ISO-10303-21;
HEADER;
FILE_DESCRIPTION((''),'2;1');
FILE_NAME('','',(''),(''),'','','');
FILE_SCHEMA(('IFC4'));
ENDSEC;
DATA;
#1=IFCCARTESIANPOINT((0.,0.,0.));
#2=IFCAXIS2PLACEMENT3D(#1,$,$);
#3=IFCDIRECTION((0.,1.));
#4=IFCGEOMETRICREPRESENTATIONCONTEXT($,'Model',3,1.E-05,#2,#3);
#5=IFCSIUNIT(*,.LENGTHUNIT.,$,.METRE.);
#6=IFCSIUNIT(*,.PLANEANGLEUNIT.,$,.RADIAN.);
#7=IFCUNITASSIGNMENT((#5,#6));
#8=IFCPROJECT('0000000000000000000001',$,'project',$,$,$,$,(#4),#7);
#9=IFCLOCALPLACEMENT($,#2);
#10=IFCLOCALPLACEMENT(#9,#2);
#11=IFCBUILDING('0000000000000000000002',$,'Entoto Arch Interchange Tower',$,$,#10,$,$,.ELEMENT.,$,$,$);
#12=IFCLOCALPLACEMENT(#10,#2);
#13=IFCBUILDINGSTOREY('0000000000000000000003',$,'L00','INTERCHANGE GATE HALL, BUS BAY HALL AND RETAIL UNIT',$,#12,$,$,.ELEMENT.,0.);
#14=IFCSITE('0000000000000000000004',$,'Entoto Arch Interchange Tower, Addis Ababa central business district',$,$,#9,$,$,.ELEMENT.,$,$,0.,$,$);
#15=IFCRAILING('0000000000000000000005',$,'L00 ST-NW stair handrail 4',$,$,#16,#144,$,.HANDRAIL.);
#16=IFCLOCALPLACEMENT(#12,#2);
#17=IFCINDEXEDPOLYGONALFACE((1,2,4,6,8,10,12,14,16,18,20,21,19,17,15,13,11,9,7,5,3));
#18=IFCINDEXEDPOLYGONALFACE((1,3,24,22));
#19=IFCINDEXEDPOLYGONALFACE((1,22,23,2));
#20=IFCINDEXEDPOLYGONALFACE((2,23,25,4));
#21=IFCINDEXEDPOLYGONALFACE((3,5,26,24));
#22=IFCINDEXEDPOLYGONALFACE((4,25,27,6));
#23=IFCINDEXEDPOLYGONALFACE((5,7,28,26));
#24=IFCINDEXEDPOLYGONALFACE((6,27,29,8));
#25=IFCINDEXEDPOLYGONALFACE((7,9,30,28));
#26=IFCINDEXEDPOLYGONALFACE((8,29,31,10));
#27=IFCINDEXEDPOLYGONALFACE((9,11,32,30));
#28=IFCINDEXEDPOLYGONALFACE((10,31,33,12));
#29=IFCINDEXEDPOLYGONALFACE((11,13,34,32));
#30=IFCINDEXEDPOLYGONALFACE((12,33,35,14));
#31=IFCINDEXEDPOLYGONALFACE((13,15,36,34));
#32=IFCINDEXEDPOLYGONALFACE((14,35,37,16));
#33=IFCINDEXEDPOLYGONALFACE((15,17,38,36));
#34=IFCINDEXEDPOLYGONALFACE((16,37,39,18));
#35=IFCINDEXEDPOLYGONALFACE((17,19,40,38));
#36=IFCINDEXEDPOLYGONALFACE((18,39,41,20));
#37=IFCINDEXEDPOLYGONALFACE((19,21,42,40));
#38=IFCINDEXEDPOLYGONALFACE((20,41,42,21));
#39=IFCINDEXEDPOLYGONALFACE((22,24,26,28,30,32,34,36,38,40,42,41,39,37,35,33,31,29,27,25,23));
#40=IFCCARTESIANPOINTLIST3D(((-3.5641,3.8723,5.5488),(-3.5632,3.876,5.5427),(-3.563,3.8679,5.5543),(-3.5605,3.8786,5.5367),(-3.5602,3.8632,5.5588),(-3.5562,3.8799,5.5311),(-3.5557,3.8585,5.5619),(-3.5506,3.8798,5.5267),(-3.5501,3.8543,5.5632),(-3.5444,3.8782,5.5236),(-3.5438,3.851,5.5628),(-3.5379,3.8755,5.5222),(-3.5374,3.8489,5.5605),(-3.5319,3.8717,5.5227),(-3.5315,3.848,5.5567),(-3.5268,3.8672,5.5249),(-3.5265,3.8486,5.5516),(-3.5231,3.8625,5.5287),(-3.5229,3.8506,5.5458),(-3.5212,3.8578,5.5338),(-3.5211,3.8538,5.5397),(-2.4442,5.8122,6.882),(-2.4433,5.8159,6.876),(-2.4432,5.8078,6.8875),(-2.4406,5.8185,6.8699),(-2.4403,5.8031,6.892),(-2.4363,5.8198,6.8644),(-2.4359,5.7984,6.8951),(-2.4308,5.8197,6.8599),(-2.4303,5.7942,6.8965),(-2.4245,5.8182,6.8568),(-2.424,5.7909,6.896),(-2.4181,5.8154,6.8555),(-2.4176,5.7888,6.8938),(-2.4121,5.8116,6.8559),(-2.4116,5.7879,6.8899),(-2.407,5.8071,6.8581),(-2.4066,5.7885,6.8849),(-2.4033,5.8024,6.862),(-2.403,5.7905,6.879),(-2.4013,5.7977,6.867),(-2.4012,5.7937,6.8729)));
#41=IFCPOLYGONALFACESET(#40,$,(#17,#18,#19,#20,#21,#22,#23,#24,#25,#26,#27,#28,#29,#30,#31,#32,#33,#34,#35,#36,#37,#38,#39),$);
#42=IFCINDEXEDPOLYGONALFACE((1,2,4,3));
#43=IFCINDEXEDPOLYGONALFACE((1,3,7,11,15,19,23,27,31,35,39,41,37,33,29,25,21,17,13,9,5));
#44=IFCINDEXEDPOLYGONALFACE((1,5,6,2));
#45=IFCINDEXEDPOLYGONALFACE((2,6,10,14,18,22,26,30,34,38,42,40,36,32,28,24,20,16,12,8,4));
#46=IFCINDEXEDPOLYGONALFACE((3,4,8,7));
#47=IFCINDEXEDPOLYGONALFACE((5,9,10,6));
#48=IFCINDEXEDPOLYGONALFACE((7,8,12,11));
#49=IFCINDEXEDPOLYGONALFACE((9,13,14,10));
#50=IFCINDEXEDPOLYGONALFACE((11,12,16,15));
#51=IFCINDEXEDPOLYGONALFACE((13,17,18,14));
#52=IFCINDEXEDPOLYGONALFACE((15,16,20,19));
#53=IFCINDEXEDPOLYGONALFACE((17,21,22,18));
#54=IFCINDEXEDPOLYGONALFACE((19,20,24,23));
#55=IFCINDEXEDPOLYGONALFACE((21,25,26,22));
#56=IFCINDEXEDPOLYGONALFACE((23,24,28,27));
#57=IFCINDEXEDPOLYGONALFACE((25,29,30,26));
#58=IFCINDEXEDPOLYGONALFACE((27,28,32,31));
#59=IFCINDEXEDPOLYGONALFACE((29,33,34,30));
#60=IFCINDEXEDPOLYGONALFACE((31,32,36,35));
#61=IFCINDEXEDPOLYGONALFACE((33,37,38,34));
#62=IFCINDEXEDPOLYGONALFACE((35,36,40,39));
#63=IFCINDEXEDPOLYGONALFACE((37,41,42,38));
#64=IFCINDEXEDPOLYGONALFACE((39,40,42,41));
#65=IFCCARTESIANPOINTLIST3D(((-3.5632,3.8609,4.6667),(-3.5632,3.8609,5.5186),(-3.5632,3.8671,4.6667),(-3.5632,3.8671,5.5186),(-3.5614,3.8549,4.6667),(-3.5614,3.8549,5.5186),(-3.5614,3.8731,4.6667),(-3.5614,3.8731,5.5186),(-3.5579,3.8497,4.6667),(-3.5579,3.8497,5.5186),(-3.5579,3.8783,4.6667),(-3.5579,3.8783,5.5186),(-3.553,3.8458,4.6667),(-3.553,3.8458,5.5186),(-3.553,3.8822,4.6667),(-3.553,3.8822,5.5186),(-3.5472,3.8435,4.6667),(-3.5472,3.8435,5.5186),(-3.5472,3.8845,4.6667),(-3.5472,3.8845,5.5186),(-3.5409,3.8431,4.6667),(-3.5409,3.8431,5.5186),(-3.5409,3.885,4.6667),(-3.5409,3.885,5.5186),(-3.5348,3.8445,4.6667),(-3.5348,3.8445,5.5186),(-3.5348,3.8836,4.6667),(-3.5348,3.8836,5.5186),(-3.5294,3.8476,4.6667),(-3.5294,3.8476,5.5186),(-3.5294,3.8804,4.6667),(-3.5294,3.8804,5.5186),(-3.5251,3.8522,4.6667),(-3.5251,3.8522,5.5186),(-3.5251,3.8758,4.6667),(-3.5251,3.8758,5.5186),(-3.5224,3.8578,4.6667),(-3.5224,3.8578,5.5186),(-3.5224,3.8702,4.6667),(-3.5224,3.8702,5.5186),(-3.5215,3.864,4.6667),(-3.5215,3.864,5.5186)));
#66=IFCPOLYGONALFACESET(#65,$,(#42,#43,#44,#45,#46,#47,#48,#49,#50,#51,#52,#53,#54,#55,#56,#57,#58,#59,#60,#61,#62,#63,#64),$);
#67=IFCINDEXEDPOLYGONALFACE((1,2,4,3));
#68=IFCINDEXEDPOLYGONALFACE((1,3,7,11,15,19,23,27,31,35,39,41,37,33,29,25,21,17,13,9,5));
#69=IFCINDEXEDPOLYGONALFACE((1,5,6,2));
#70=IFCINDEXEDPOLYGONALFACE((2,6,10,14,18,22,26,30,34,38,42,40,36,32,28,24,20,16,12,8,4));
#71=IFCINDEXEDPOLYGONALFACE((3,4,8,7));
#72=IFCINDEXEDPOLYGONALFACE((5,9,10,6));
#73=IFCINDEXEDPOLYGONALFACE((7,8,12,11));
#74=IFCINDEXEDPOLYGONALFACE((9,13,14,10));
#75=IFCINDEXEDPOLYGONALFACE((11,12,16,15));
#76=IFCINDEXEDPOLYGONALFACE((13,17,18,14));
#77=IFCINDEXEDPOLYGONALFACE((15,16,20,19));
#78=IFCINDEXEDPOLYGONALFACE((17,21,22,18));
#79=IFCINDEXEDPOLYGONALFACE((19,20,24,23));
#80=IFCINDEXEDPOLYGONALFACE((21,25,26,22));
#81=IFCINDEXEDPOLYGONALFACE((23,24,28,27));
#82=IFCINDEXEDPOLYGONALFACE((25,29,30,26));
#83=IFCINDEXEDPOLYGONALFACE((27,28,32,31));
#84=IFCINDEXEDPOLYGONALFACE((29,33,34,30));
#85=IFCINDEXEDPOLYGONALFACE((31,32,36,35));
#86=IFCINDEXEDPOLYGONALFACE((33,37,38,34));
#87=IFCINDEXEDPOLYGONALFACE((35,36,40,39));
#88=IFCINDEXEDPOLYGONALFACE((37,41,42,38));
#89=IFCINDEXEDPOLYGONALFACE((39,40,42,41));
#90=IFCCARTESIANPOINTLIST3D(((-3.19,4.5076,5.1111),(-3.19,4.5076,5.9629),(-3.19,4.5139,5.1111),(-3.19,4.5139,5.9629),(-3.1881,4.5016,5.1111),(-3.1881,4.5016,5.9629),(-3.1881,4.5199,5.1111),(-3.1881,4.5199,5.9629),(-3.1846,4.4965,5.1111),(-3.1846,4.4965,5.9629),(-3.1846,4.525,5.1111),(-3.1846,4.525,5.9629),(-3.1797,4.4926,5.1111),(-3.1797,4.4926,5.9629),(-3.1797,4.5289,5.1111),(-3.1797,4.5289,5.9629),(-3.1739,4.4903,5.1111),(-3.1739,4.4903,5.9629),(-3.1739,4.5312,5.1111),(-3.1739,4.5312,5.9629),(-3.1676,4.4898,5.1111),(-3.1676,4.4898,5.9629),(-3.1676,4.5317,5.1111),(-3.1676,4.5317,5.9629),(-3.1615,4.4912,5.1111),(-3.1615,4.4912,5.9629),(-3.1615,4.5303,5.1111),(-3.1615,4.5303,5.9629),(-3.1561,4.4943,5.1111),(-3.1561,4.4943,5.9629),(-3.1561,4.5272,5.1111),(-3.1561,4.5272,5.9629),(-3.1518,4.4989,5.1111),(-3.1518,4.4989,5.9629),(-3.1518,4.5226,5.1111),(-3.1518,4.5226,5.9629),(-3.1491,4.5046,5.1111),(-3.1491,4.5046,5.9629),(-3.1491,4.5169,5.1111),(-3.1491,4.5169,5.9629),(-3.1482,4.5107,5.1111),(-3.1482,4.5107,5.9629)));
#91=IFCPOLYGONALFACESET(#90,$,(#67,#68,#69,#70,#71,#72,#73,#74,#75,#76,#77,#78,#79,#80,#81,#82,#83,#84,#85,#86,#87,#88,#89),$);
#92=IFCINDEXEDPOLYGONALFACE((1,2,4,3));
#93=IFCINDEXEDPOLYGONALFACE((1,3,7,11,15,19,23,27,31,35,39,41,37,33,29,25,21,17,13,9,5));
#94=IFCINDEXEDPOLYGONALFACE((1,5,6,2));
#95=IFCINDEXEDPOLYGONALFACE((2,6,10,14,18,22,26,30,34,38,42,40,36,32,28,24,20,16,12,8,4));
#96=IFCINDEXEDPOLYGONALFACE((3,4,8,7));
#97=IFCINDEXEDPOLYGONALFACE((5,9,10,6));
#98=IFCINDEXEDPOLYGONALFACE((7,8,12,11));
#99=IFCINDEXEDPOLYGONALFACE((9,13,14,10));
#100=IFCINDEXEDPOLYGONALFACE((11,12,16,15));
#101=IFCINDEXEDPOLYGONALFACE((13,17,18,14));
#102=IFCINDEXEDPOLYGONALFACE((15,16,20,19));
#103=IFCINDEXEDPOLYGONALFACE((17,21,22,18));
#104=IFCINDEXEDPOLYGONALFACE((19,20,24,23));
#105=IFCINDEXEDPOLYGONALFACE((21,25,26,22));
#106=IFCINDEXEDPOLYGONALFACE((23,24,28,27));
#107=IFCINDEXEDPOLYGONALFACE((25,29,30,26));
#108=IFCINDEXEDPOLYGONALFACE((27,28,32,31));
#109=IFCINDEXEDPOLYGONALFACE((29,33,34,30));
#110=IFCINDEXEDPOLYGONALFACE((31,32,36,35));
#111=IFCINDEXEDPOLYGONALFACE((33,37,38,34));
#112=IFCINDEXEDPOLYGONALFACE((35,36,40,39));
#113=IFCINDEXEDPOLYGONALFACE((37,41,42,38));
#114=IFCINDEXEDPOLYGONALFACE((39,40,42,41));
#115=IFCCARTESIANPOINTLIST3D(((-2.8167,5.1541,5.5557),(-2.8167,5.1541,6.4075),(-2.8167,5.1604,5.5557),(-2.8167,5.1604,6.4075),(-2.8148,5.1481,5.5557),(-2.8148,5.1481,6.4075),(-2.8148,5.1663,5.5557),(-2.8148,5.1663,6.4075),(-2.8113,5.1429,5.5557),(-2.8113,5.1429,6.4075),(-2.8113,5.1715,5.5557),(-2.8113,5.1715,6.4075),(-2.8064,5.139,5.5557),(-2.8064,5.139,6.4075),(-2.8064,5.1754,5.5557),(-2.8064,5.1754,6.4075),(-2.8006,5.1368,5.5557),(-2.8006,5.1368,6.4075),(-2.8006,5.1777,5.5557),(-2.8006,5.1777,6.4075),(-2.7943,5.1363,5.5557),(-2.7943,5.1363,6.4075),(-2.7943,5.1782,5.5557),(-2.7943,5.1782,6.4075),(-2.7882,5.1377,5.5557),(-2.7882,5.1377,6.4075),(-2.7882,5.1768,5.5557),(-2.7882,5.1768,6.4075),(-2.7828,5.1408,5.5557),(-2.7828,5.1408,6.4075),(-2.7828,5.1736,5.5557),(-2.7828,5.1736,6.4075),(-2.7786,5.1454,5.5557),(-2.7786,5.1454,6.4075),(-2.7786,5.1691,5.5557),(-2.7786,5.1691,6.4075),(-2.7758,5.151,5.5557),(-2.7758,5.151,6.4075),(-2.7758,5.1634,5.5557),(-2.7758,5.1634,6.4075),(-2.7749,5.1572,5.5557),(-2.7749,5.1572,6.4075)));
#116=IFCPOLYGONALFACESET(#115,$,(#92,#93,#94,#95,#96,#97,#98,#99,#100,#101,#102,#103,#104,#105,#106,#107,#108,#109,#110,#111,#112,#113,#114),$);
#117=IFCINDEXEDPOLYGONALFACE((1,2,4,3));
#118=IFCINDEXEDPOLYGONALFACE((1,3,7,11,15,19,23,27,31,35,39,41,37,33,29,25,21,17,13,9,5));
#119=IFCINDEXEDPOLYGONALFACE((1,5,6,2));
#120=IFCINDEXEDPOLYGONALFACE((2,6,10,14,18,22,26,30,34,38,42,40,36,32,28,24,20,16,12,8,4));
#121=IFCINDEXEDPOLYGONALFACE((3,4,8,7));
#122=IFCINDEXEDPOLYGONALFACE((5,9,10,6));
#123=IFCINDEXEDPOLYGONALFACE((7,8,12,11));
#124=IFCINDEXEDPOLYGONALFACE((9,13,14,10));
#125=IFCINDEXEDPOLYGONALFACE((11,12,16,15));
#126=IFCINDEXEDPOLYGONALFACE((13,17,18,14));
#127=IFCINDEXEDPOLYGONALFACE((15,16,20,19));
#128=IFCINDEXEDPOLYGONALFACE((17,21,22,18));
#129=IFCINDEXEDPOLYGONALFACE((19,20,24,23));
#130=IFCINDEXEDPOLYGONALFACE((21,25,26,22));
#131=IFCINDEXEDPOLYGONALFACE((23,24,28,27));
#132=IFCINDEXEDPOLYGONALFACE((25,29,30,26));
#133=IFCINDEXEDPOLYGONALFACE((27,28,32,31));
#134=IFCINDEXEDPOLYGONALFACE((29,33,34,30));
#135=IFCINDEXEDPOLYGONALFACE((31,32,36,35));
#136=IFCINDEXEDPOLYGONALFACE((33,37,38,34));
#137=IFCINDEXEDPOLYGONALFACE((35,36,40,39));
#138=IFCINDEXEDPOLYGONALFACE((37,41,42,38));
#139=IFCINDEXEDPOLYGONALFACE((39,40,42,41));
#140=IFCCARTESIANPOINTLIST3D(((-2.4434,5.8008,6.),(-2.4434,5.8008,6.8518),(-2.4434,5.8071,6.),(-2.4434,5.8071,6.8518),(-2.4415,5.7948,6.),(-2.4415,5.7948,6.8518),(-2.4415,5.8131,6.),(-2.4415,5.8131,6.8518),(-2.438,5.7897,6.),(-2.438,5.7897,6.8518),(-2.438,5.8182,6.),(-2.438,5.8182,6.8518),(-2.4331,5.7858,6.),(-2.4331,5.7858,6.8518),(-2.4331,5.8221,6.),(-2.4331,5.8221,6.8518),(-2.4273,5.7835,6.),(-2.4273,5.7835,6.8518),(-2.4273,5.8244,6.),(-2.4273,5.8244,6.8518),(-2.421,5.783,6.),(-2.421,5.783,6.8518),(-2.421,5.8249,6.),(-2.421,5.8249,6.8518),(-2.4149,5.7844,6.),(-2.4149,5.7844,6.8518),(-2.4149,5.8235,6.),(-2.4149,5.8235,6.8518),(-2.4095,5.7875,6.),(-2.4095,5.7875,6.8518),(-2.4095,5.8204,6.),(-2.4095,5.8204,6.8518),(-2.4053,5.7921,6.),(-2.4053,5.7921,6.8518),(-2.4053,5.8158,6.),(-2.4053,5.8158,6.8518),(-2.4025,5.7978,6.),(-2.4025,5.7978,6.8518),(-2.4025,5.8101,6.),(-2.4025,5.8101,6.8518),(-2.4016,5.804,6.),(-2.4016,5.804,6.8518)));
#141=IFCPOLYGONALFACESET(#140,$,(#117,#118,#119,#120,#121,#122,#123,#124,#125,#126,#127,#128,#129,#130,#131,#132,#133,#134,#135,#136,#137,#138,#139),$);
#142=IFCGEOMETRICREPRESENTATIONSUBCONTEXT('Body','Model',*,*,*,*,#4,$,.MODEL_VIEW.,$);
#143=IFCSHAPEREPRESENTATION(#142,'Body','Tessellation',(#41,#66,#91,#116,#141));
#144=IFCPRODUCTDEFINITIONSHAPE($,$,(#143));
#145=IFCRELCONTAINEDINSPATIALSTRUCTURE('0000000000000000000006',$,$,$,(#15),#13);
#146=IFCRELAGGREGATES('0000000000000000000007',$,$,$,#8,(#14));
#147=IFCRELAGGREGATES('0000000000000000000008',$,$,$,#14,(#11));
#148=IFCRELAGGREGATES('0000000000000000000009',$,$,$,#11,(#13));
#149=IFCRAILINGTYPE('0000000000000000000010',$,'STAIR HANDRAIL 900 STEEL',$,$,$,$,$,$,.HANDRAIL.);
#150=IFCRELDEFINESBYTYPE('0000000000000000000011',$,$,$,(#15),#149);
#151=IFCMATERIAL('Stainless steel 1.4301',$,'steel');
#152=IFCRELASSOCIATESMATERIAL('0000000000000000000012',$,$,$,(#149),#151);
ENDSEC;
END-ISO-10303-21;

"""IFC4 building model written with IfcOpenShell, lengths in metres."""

from ifc_helpers import new_model, si_unit, direction, frame, origin, origin_2d, place, context, subcontext, project, spatial, circle, extrude, material, type_object, element, save


model = new_model("IFC4")

# Units and contexts
model_context = context("Model", 3, precision=1e-05, world=origin(), true_north=direction((0.0, 1.0)))
body_context = subcontext(model_context, "Body", "Model", "MODEL_VIEW")
ifc_project = project(units=[si_unit("LENGTHUNIT", "METRE"), si_unit("PLANEANGLEUNIT", "RADIAN")], contexts=[model_context])

# Site, building, storey
site_placement = place(None, origin())
site = spatial("IfcSite", under=ifc_project, at=site_placement, Name="Entoto Arch Interchange Tower, Addis Ababa central business district", CompositionType="ELEMENT", RefElevation=0.0)
building_placement = place(site_placement, origin())
building = spatial("IfcBuilding", under=site, at=building_placement, Name="Entoto Arch Interchange Tower", CompositionType="ELEMENT")
storey_placement = place(building_placement, origin())
storey = spatial("IfcBuildingStorey", under=building, at=storey_placement, Name="L00", Description="INTERCHANGE GATE HALL, BUS BAY HALL AND RETAIL UNIT", CompositionType="ELEMENT", Elevation=0.0)

# Railing
ifc_material_1 = material(Name="Stainless steel 1.4301", Category="steel")
railing_type_1 = type_object("IfcRailingType", Name="STAIR HANDRAIL 900 STEEL", PredefinedType="HANDRAIL", material=ifc_material_1)
for number, where, name in (
    (1, (-3.5425, 3.864, 4.6667), "L00 ST-NW stair handrail 4"),
):
    element("IfcRailing", number, at=place(storey_placement, frame(where)), inside=storey, type_object=railing_type_1, Name=name, PredefinedType="HANDRAIL", context=body_context, shape_type="SweptSolid", body=[
        extrude(circle(Radius=0.0239, at=origin_2d()), frame((0.0, 0.0, 0.876), z_axis=(0.429608, 0.744205, 0.511465), x_axis=(-0.866055, 0.499949, 0.0)), (0.0, 0.0, 1.0), 2.6067),
        extrude(circle(Radius=0.021, at=origin_2d()), origin(), (0.0, 0.0, 1.0), 0.8518),
        extrude(circle(Radius=0.021, at=origin_2d()), frame((0.3733, 0.6467, 0.4443)), (0.0, 0.0, 1.0), 0.8518),
        extrude(circle(Radius=0.021, at=origin_2d()), frame((0.7466, 1.2932, 0.8889)), (0.0, 0.0, 1.0), 0.8518),
        extrude(circle(Radius=0.021, at=origin_2d()), frame((1.1199, 1.9399, 1.3333)), (0.0, 0.0, 1.0), 0.8518),
    ])

save(model, "model.ifc")
